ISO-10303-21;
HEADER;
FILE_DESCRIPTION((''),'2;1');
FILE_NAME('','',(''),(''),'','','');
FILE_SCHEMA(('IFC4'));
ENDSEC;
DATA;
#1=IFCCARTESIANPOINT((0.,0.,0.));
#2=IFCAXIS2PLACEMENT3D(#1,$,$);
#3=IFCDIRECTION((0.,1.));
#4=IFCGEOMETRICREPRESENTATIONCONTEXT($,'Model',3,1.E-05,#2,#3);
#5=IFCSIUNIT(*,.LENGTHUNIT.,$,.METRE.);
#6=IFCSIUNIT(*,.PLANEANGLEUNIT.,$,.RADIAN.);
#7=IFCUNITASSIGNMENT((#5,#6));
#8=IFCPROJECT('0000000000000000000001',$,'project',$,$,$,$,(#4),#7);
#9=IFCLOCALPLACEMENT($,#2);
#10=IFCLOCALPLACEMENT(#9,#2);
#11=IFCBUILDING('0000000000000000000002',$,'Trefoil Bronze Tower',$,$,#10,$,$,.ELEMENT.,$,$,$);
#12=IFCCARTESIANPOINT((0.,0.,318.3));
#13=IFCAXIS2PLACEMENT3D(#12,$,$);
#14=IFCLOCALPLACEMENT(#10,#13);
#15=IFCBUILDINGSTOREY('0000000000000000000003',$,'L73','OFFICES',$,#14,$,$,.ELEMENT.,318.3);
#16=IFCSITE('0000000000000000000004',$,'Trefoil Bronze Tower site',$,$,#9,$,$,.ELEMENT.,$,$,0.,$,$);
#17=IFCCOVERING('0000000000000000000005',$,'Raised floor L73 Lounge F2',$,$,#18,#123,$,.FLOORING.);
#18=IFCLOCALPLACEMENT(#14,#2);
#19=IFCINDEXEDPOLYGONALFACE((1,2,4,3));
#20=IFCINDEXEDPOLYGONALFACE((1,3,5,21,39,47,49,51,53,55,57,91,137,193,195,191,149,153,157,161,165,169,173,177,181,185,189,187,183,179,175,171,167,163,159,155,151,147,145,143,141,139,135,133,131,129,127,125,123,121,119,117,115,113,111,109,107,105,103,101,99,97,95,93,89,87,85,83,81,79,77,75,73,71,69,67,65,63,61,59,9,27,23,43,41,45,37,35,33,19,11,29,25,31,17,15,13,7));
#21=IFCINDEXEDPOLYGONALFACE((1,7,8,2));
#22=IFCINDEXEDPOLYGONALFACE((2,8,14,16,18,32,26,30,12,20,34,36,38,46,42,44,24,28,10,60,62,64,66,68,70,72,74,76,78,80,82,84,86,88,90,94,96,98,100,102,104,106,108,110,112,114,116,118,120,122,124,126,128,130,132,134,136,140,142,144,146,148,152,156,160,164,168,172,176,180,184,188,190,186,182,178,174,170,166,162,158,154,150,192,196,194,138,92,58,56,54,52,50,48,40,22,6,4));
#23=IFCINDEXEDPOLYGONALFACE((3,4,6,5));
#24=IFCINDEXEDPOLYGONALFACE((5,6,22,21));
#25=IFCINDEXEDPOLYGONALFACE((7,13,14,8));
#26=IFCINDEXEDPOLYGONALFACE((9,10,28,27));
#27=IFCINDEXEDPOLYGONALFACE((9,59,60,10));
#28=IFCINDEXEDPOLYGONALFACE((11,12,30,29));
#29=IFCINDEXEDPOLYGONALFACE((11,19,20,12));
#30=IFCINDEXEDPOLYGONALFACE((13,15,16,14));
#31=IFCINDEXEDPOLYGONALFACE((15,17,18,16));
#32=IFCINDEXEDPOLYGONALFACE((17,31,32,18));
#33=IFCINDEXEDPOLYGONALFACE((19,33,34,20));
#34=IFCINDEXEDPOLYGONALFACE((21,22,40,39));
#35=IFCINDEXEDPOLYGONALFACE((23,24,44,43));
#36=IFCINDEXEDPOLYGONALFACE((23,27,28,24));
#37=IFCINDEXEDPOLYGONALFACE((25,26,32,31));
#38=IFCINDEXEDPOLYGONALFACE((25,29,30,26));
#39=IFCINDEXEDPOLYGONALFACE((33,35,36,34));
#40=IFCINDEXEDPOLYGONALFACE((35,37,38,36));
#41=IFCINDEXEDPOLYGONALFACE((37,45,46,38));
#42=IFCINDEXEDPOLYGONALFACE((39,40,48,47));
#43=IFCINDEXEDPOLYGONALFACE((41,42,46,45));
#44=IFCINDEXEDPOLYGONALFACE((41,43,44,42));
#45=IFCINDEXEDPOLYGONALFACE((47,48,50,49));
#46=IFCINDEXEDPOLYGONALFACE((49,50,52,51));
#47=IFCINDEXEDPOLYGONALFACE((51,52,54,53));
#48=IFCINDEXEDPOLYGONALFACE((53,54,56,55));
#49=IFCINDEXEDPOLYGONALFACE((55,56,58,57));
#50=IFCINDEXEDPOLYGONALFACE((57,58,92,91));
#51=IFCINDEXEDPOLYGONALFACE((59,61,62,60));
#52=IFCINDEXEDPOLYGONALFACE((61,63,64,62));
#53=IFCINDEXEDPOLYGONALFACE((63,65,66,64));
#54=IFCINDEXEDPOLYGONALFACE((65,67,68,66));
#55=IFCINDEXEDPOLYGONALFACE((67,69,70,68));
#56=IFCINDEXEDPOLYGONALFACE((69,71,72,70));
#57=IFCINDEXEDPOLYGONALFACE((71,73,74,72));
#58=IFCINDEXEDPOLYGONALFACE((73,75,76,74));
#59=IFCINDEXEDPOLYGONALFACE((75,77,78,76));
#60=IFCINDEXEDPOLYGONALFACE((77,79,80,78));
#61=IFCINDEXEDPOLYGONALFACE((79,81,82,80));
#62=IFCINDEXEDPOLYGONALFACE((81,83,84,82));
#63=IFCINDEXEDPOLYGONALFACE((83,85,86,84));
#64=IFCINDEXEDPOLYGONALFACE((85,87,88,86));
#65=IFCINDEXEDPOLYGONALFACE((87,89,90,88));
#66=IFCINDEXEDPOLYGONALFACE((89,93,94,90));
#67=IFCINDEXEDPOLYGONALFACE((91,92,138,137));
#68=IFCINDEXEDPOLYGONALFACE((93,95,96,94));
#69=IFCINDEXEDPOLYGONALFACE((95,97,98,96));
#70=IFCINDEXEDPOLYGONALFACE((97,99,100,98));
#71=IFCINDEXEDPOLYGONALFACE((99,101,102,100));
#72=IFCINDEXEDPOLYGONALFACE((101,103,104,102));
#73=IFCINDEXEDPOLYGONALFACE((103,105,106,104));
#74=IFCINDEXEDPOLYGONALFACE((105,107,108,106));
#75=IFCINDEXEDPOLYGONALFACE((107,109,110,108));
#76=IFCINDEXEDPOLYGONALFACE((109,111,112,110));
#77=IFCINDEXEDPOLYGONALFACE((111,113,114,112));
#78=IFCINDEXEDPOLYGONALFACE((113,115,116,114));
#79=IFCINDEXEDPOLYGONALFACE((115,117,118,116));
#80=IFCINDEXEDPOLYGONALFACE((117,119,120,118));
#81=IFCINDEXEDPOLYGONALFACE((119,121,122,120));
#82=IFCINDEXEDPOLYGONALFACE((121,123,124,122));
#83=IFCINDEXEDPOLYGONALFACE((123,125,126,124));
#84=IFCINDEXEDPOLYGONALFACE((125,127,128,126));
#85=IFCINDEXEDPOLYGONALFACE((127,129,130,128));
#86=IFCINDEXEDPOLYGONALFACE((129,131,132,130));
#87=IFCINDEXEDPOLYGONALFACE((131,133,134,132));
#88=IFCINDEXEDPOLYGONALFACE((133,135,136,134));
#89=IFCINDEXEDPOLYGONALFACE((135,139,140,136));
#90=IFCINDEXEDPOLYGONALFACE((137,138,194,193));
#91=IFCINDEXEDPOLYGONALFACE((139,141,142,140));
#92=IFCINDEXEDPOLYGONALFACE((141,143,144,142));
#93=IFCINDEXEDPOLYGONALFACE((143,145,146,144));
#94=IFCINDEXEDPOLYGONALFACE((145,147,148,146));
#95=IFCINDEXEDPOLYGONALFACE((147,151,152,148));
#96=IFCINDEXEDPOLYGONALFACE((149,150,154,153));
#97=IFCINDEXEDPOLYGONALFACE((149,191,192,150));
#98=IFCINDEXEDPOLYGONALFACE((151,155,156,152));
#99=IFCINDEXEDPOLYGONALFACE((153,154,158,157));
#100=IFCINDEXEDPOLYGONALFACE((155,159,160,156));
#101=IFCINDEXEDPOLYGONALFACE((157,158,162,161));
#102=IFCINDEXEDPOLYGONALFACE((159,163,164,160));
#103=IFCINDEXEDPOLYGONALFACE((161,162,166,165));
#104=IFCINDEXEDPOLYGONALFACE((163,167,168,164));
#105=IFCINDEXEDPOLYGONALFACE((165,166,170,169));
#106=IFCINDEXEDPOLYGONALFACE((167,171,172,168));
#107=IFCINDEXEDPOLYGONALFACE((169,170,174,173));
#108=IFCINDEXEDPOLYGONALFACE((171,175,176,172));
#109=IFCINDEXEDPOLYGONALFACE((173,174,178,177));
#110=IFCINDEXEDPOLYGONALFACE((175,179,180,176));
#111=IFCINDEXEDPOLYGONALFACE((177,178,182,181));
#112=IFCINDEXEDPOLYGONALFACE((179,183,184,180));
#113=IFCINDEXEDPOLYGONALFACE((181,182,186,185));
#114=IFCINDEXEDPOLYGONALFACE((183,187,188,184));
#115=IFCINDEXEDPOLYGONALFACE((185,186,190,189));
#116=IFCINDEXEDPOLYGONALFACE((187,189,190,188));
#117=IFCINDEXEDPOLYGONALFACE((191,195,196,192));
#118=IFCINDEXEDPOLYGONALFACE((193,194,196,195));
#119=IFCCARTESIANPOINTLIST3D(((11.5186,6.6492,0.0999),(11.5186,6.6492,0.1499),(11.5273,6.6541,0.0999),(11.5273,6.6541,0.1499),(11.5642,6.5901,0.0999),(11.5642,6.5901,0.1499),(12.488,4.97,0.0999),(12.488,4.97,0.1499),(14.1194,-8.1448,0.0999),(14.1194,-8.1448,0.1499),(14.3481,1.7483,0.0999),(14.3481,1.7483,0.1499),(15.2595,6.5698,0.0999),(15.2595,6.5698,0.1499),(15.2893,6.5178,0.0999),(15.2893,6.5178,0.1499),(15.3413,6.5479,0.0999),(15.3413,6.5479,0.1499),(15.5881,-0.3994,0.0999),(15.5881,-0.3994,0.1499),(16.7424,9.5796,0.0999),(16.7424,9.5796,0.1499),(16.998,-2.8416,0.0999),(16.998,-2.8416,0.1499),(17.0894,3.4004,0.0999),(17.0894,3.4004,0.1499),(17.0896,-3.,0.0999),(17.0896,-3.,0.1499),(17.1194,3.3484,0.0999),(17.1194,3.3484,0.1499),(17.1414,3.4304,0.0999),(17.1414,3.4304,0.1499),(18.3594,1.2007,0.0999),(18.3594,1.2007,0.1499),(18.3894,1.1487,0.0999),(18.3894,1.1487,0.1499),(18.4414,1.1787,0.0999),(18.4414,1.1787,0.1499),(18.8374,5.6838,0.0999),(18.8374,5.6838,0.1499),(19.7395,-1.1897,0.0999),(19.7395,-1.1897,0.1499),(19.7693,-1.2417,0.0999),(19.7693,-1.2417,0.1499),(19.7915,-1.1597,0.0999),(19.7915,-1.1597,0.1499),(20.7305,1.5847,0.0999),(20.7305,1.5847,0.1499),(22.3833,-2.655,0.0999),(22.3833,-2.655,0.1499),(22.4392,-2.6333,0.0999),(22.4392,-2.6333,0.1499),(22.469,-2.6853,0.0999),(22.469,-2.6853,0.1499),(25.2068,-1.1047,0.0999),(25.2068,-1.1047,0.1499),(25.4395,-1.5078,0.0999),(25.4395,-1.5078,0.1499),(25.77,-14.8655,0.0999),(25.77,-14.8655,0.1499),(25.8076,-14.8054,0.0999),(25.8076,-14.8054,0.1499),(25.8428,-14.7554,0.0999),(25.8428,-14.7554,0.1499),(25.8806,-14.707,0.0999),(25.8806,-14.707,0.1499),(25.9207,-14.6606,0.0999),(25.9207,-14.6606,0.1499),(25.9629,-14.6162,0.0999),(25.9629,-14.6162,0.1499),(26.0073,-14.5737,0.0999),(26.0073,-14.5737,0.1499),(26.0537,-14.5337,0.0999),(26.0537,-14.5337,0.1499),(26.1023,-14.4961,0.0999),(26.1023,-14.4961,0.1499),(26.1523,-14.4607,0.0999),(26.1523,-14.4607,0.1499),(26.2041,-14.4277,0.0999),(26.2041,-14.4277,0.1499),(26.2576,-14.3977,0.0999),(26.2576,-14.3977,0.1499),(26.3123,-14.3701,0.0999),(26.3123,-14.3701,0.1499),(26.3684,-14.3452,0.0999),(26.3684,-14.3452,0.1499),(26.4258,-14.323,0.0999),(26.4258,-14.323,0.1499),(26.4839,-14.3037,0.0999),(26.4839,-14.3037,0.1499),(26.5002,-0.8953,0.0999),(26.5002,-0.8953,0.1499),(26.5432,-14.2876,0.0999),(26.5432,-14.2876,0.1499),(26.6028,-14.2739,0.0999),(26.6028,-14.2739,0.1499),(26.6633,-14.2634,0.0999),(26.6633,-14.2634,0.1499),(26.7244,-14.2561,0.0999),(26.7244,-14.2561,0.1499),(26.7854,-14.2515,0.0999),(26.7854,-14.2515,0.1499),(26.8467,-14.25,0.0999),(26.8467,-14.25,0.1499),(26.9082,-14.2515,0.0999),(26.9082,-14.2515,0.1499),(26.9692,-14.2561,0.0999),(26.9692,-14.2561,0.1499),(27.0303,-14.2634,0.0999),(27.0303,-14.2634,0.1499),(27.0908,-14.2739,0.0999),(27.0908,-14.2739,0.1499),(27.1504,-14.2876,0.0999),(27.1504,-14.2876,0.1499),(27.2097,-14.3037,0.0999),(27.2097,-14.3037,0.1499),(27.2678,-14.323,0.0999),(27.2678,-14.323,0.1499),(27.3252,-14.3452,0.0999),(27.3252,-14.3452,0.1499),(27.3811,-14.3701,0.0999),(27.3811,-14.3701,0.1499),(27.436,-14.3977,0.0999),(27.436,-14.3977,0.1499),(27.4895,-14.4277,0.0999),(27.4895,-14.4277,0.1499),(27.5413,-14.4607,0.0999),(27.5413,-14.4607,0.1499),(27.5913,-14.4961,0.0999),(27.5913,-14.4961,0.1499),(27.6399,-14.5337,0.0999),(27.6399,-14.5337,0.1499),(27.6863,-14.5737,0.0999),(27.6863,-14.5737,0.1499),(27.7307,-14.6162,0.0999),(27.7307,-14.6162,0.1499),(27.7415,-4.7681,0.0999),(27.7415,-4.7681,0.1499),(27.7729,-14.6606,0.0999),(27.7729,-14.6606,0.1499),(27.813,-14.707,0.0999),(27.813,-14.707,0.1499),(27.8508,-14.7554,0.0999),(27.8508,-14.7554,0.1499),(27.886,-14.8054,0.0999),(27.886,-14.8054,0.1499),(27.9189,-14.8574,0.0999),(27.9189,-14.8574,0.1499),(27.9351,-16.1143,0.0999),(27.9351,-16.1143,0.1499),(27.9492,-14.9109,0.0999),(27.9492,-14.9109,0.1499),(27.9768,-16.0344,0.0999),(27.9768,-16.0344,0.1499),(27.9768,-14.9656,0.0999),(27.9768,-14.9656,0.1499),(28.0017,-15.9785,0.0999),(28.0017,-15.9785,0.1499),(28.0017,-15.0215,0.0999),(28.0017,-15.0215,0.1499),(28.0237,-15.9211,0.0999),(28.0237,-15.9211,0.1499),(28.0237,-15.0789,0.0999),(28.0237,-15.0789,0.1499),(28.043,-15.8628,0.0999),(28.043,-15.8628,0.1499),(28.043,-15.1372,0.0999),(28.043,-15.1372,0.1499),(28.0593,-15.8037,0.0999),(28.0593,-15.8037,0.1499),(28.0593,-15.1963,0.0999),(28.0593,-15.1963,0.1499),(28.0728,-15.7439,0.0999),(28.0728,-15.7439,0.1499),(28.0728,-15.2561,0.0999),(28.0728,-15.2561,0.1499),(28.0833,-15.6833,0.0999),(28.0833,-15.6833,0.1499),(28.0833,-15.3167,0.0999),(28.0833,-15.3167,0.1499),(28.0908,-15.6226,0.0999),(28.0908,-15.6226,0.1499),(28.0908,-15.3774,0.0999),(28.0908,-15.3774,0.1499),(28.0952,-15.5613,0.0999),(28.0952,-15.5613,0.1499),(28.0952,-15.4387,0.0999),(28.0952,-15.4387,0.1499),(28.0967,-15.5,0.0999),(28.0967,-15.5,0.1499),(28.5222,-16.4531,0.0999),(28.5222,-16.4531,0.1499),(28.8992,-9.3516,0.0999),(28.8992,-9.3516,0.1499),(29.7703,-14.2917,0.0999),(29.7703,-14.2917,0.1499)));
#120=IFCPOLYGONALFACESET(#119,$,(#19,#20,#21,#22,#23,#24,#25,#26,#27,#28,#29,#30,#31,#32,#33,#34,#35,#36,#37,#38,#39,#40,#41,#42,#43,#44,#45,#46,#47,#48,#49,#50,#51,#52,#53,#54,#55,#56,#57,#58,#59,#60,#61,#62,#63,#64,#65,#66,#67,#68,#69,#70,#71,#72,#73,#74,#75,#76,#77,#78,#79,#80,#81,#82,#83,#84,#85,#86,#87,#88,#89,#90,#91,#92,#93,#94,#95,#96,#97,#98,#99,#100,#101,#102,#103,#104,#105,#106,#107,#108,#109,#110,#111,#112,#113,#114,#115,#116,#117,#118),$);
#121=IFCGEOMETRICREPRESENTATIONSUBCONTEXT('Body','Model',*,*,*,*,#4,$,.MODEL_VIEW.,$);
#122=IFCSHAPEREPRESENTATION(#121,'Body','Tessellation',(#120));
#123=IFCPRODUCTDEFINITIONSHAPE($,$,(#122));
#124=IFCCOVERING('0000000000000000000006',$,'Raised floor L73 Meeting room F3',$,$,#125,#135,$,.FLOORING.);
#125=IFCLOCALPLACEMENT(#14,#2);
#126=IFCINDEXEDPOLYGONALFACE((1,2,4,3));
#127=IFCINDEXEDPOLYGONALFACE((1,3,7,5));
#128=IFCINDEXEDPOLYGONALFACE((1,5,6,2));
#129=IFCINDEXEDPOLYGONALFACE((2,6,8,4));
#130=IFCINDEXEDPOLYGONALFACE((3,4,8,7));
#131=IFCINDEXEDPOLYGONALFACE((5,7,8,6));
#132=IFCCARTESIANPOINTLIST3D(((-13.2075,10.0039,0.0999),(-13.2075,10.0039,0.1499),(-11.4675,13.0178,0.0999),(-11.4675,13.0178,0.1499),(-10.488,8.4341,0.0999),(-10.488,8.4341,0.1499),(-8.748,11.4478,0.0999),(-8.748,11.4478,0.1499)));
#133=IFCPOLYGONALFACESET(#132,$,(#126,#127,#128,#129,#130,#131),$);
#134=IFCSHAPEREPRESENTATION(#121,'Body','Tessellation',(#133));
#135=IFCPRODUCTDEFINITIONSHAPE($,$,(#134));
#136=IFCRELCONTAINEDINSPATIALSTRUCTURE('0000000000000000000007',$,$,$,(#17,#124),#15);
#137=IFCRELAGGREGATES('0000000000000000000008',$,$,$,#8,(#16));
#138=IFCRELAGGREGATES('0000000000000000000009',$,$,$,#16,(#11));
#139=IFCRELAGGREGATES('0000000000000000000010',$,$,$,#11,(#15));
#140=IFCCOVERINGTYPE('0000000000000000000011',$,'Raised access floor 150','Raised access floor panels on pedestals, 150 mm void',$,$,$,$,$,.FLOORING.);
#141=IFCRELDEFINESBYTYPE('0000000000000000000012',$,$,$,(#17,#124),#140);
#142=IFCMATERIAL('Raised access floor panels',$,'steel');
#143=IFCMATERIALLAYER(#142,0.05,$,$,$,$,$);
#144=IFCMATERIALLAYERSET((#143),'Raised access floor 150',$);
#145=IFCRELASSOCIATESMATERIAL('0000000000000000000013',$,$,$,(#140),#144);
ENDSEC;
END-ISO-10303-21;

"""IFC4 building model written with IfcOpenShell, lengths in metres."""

from ifc_helpers import new_model, si_unit, direction, frame, origin, place, context, subcontext, project, spatial, polyline, outline, extrude, material, layer, layer_set, type_object, element, save


model = new_model("IFC4")

# Units and contexts
model_context = context("Model", 3, precision=1e-05, world=origin(), true_north=direction((0.0, 1.0)))
body_context = subcontext(model_context, "Body", "Model", "MODEL_VIEW")
ifc_project = project(units=[si_unit("LENGTHUNIT", "METRE"), si_unit("PLANEANGLEUNIT", "RADIAN")], contexts=[model_context])

# Site, building, storey
site_placement = place(None, origin())
site = spatial("IfcSite", under=ifc_project, at=site_placement, Name="Trefoil Bronze Tower site", CompositionType="ELEMENT", RefElevation=0.0)
building_placement = place(site_placement, origin())
building = spatial("IfcBuilding", under=site, at=building_placement, Name="Trefoil Bronze Tower", CompositionType="ELEMENT")
storey_placement = place(building_placement, frame((0.0, 0.0, 318.3)))
storey = spatial("IfcBuildingStorey", under=building, at=storey_placement, Name="L73", Description="OFFICES", CompositionType="ELEMENT", Elevation=318.3)

# Coverings
ifc_material_1 = material(Name="Raised access floor panels", Category="steel")
ifc_layer_1 = layer(ifc_material_1, 0.05)
ifc_layer_set_1 = layer_set([ifc_layer_1], Name="Raised access floor 150")
covering_type_1 = type_object("IfcCoveringType", Name="Raised access floor 150", Description="Raised access floor panels on pedestals, 150 mm void", PredefinedType="FLOORING", material=ifc_layer_set_1)
covering_1_placement = place(storey_placement, frame((0.0, 0.0, 0.0999)))
element("IfcCovering", 1, at=covering_1_placement, inside=storey, type_object=covering_type_1, Name="Raised floor L73 Lounge F2", PredefinedType="FLOORING", context=body_context, shape_type="SweptSolid", body=[
    extrude(outline(polyline([(11.5273, 6.6541), (11.5642, 6.5901), (16.7424, 9.5796), (18.8374, 5.6838), (20.7305, 1.5847), (22.3833, -2.655), (22.4392, -2.6333), (22.469, -2.6853), (25.2068, -1.1047), (25.4395, -1.5078), (26.5002, -0.8953), (27.7415, -4.7681), (28.8992, -9.3516), (29.7703, -14.2917), (28.5222, -16.4531), (27.9351, -16.1143), (27.9768, -16.0344), (28.0017, -15.9785), (28.0237, -15.9211), (28.043, -15.8628), (28.0593, -15.8037), (28.0728, -15.7439), (28.0833, -15.6833), (28.0908, -15.6226), (28.0952, -15.5613), (28.0967, -15.5), (28.0952, -15.4387), (28.0908, -15.3774), (28.0833, -15.3167), (28.0728, -15.2561), (28.0593, -15.1963), (28.043, -15.1372), (28.0237, -15.0789), (28.0017, -15.0215), (27.9768, -14.9656), (27.9492, -14.9109), (27.9189, -14.8574), (27.886, -14.8054), (27.8508, -14.7554), (27.813, -14.707), (27.7729, -14.6606), (27.7307, -14.6162), (27.6863, -14.5737), (27.6399, -14.5337), (27.5913, -14.4961), (27.5413, -14.4607), (27.4895, -14.4277), (27.436, -14.3977), (27.3811, -14.3701), (27.3252, -14.3452), (27.2678, -14.323), (27.2097, -14.3037), (27.1504, -14.2876), (27.0908, -14.2739), (27.0303, -14.2634), (26.9692, -14.2561), (26.9082, -14.2515), (26.8467, -14.25), (26.7854, -14.2515), (26.7244, -14.2561), (26.6633, -14.2634), (26.6028, -14.2739), (26.5432, -14.2876), (26.4839, -14.3037), (26.4258, -14.323), (26.3684, -14.3452), (26.3123, -14.3701), (26.2576, -14.3977), (26.2041, -14.4277), (26.1523, -14.4607), (26.1023, -14.4961), (26.0537, -14.5337), (26.0073, -14.5737), (25.9629, -14.6162), (25.9207, -14.6606), (25.8806, -14.707), (25.8428, -14.7554), (25.8076, -14.8054), (25.77, -14.8655), (14.1194, -8.1448), (17.0896, -3.0), (16.998, -2.8416), (19.7693, -1.2417), (19.7395, -1.1897), (19.7915, -1.1597), (18.4414, 1.1787), (18.3894, 1.1487), (18.3594, 1.2007), (15.5881, -0.3994), (14.3481, 1.7483), (17.1194, 3.3484), (17.0894, 3.4004), (17.1414, 3.4304), (15.3413, 6.5479), (15.2893, 6.5178), (15.2595, 6.5698), (12.488, 4.97), (11.5186, 6.6492), (11.5273, 6.6541)])), origin(), (0.0, 0.0, 1.0), 0.05),
])
covering_2_placement = place(storey_placement, frame((0.0, 0.0, 0.0999)))
element("IfcCovering", 2, at=covering_2_placement, inside=storey, type_object=covering_type_1, Name="Raised floor L73 Meeting room F3", PredefinedType="FLOORING", context=body_context, shape_type="SweptSolid", body=[
    extrude(outline(polyline([(-10.488, 8.4341), (-13.2075, 10.0039), (-11.4675, 13.0178), (-8.748, 11.4478), (-10.488, 8.4341)])), origin(), (0.0, 0.0, 1.0), 0.05),
])

save(model, "model.ifc")
